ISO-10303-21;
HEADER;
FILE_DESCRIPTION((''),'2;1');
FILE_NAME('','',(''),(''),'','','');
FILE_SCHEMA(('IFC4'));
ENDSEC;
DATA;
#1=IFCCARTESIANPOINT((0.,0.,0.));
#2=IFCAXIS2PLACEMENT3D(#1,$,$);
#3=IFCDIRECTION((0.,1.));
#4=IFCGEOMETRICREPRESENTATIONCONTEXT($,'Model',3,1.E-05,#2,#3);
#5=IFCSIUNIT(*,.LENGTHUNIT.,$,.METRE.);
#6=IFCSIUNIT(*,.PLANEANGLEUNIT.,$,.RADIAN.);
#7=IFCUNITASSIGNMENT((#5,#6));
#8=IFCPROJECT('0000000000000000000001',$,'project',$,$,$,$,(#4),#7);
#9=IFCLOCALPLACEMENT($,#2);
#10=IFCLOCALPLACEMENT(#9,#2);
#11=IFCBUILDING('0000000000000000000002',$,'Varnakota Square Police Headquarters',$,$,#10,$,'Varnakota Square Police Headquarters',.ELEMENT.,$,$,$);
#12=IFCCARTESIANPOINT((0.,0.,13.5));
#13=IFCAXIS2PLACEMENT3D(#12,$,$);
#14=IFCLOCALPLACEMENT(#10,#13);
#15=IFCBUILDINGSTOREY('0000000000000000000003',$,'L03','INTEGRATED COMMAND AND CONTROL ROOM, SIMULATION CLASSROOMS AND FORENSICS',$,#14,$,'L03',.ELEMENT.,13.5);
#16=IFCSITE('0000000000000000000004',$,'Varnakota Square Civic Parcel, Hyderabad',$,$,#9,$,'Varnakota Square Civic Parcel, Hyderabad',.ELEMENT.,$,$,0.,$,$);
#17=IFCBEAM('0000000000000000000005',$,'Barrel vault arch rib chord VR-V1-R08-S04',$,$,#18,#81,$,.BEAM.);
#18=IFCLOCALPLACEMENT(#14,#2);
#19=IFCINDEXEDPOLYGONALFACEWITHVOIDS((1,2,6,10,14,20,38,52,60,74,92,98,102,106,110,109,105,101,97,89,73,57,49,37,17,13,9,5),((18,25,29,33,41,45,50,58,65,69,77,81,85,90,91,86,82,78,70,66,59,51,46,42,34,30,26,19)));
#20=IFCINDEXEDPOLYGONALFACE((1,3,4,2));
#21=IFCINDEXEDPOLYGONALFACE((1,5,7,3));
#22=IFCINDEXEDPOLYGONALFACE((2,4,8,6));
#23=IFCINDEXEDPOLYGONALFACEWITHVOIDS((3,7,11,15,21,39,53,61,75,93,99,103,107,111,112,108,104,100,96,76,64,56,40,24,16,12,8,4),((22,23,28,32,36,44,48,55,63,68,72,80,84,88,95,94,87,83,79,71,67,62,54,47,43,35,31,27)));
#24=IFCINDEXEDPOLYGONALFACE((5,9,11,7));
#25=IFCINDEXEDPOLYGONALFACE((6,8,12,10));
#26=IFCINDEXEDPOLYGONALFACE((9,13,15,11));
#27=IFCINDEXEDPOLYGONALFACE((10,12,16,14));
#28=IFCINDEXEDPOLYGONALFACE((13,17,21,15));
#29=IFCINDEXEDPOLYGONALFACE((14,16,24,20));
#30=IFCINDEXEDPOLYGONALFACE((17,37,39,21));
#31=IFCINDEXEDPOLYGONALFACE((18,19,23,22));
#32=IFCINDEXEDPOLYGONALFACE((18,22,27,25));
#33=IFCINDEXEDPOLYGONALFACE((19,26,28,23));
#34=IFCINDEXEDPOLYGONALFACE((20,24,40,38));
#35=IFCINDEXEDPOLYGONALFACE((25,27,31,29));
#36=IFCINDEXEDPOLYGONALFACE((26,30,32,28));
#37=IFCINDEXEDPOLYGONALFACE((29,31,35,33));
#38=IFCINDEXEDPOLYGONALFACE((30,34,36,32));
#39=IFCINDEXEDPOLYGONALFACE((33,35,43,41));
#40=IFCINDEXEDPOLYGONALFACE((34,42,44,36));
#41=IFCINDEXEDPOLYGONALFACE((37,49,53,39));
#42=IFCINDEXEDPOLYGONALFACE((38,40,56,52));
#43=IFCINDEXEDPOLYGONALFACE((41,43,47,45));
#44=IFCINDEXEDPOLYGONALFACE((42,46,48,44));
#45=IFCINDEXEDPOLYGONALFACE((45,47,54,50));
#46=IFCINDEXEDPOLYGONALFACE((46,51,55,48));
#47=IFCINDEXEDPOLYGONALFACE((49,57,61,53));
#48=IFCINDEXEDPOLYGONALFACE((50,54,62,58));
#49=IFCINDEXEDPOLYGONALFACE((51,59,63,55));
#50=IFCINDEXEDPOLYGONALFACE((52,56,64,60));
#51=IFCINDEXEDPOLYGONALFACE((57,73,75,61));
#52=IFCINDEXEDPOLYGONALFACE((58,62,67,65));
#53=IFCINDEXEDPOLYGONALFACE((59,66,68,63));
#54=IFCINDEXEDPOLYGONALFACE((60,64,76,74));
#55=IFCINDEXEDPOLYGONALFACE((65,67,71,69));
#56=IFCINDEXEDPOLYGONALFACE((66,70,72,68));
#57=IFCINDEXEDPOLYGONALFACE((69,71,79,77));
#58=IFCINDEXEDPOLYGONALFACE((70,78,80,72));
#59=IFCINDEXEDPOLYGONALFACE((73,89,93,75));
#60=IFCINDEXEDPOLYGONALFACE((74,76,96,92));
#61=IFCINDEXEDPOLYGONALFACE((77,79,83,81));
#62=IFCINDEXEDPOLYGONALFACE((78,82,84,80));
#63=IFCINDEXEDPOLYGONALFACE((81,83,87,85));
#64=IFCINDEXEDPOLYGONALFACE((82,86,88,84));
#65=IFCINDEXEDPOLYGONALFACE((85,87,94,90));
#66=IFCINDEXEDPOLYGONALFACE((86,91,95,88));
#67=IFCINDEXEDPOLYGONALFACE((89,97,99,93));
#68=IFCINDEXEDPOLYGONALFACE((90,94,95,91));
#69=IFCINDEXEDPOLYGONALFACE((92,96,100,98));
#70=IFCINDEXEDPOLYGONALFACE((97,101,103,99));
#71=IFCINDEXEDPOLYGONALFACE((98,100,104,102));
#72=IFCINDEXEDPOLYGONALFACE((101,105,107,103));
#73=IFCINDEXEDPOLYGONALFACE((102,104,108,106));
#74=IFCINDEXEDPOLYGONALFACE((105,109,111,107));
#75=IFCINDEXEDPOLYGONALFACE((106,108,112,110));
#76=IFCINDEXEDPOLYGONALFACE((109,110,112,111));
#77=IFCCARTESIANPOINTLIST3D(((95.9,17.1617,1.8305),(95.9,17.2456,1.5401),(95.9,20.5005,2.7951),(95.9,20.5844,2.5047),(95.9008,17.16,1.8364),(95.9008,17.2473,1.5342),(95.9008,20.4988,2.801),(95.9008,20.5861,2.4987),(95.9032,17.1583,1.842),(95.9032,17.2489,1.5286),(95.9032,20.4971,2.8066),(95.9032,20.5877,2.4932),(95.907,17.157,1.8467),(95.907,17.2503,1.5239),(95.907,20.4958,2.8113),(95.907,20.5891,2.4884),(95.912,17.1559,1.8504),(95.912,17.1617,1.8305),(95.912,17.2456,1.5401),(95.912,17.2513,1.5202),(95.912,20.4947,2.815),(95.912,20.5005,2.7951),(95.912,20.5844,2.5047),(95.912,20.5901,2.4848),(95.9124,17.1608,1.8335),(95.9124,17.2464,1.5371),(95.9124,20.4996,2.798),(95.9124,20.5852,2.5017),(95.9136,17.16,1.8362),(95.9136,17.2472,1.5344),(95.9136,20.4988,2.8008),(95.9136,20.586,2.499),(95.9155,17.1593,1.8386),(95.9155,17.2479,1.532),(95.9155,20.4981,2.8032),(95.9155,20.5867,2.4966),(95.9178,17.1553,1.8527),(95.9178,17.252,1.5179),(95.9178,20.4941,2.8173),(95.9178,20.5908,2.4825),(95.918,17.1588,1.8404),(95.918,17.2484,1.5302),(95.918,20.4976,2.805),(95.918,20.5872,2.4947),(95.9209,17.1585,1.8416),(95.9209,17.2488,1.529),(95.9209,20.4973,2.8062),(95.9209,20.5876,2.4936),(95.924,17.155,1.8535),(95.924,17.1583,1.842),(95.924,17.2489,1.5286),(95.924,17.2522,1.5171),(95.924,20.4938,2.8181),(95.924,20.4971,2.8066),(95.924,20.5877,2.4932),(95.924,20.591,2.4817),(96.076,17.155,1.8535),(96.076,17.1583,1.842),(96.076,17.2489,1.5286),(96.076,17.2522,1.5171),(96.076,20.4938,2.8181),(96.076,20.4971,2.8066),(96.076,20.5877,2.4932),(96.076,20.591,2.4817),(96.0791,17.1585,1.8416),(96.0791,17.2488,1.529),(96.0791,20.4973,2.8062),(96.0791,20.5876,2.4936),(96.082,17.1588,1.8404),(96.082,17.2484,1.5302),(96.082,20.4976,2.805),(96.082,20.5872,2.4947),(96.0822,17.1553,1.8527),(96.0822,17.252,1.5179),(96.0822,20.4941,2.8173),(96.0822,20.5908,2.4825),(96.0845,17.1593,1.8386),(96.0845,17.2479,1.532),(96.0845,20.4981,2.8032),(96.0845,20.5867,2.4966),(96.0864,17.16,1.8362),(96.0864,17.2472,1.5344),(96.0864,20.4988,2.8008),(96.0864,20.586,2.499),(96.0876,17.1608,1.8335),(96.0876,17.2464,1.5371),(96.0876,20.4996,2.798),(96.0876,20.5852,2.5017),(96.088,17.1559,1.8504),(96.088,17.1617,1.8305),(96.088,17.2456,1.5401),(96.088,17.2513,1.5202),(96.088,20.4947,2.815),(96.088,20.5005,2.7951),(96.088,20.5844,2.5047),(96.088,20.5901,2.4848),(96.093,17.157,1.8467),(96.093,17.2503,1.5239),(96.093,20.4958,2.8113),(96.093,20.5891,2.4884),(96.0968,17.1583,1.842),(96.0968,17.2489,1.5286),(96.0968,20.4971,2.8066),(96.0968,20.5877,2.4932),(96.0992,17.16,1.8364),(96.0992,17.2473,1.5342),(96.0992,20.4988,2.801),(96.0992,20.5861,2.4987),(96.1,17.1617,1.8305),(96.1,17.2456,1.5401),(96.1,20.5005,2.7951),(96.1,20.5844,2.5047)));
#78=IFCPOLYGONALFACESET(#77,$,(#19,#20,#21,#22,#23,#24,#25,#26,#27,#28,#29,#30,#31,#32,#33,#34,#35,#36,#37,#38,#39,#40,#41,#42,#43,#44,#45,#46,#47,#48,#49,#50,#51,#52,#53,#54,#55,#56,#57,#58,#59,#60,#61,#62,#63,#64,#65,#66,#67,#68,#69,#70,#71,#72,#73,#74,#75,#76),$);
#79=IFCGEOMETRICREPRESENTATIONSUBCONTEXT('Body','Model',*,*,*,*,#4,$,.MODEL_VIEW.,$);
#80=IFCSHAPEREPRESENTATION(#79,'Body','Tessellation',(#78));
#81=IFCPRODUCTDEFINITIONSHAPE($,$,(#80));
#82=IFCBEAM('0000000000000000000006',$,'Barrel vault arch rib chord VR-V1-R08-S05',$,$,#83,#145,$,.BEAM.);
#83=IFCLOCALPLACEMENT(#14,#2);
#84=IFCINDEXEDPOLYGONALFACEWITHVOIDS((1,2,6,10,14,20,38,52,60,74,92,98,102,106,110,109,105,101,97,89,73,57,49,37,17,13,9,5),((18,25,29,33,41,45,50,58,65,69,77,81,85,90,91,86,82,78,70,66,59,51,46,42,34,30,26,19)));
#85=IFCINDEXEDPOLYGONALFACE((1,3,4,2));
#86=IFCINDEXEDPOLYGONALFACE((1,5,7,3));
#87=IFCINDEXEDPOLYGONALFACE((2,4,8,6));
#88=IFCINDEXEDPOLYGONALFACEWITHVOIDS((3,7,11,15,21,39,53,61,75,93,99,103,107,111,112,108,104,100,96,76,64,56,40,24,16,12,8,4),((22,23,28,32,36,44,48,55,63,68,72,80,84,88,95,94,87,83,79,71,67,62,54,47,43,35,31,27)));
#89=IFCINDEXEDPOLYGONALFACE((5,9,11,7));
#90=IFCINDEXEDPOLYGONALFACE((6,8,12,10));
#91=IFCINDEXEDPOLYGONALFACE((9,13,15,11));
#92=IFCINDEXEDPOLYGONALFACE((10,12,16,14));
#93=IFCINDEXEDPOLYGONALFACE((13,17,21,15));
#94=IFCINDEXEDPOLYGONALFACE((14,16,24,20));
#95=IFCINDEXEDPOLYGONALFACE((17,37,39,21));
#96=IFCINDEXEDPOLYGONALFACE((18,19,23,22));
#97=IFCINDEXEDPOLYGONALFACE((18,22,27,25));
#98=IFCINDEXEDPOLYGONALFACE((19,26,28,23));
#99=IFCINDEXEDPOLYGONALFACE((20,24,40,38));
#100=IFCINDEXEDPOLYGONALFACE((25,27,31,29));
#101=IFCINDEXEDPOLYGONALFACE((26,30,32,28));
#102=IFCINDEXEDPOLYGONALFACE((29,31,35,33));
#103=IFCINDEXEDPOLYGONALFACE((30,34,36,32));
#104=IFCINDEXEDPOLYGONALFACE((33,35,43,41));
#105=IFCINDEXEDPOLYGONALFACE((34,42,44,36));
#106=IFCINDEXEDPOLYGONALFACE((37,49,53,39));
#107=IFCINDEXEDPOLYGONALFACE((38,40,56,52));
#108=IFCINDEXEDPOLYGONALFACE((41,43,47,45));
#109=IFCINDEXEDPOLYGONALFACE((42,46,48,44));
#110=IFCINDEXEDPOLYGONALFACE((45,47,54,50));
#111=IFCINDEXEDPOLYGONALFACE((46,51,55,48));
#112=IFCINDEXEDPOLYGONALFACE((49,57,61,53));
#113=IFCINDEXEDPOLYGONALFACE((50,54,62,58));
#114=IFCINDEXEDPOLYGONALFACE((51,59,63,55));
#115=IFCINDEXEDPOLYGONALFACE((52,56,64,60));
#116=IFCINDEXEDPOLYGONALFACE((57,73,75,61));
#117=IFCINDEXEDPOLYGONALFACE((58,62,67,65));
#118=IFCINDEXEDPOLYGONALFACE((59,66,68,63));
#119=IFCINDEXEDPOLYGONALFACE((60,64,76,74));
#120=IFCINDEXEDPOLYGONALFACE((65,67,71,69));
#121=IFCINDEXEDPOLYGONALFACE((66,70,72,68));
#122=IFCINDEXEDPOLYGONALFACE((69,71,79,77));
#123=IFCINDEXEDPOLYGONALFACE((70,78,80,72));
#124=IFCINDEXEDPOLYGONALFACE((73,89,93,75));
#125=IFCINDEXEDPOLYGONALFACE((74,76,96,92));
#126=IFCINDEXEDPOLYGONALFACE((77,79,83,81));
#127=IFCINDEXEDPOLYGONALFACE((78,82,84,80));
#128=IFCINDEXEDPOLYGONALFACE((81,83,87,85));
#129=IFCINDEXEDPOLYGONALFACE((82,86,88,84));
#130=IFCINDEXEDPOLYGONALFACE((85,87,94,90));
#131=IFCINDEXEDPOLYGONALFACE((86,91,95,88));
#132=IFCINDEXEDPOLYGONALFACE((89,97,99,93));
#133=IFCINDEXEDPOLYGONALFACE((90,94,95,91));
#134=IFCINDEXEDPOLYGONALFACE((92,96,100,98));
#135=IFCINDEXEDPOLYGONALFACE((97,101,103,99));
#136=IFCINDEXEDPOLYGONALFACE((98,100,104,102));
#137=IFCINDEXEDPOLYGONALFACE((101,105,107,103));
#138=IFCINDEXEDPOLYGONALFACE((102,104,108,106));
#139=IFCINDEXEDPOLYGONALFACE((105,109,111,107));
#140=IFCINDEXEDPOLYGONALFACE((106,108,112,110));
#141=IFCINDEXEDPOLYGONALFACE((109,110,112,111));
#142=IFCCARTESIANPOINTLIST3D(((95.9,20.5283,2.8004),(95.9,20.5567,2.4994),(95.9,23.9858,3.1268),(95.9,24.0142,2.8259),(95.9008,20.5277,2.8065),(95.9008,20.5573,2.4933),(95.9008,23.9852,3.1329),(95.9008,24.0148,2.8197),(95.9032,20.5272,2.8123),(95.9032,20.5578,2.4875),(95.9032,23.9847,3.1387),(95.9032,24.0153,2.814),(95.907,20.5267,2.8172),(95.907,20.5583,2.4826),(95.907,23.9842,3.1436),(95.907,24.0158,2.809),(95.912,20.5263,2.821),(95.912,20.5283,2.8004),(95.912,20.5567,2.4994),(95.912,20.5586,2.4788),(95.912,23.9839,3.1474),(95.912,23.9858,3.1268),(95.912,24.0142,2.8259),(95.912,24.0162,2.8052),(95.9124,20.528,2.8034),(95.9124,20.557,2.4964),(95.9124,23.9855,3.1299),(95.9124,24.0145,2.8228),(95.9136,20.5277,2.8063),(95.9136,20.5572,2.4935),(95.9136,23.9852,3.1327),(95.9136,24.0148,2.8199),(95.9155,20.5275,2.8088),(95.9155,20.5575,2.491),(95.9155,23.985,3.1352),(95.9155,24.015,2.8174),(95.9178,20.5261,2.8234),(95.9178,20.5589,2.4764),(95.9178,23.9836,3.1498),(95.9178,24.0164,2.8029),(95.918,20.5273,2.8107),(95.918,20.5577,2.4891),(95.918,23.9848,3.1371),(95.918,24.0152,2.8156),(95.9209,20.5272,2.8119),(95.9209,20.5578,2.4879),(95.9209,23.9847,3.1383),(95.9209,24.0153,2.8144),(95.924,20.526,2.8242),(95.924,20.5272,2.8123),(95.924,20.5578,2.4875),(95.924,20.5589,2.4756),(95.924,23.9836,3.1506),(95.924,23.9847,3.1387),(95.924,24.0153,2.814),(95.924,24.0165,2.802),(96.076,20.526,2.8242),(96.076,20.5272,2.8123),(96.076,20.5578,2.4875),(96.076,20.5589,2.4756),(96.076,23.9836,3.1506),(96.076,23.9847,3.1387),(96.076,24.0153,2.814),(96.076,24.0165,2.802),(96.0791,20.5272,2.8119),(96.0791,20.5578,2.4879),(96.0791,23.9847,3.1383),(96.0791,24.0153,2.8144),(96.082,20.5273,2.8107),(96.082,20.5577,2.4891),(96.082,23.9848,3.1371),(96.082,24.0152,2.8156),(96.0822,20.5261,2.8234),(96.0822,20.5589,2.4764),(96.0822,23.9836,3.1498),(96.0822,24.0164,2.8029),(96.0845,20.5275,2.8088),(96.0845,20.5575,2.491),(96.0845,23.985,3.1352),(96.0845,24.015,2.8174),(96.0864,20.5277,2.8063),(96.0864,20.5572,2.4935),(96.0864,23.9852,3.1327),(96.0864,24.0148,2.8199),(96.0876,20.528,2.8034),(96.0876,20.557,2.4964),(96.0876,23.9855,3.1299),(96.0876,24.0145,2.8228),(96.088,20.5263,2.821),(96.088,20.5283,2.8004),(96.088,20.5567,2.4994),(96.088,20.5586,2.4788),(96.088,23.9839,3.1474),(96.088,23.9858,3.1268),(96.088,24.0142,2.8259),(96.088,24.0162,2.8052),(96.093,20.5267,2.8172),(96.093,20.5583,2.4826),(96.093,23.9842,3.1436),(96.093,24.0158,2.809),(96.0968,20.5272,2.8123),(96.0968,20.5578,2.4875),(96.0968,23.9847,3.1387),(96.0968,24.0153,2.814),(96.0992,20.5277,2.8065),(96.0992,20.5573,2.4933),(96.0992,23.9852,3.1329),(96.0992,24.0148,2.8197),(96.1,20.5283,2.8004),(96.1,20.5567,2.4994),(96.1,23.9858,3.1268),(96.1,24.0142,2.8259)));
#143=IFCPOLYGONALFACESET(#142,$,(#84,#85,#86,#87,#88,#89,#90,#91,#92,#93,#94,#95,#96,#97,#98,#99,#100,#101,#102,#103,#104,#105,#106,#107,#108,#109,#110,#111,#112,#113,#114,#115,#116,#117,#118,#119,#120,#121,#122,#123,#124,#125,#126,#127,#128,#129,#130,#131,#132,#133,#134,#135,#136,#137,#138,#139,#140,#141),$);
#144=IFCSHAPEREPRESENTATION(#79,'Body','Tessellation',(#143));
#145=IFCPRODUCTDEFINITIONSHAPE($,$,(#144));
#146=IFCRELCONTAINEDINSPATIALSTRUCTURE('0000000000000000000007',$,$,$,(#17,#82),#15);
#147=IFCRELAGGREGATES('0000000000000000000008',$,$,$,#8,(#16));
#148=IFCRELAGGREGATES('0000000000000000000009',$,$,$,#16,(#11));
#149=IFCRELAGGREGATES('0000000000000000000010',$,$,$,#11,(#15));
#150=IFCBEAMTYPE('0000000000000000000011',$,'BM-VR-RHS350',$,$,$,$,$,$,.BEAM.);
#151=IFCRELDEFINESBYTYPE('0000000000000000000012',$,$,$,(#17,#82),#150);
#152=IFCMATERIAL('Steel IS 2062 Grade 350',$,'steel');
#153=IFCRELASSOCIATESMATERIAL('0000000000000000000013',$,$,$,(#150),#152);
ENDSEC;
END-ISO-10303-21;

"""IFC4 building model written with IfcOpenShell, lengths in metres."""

from ifc_helpers import new_model, si_unit, direction, frame, origin, origin_2d, place, context, subcontext, project, spatial, hollow_rectangle, extrude, material, material_profile, profile_set, type_object, element, save


model = new_model("IFC4")

# Units and contexts
model_context = context("Model", 3, precision=1e-05, world=origin(), true_north=direction((0.0, 1.0)))
body_context = subcontext(model_context, "Body", "Model", "MODEL_VIEW")
ifc_project = project(units=[si_unit("LENGTHUNIT", "METRE"), si_unit("PLANEANGLEUNIT", "RADIAN")], contexts=[model_context])

# Site, building, storey
site_placement = place(None, origin())
site = spatial("IfcSite", under=ifc_project, at=site_placement, Name="Varnakota Square Civic Parcel, Hyderabad", LongName="Varnakota Square Civic Parcel, Hyderabad", CompositionType="ELEMENT", RefElevation=0.0)
building_placement = place(site_placement, origin())
building = spatial("IfcBuilding", under=site, at=building_placement, Name="Varnakota Square Police Headquarters", LongName="Varnakota Square Police Headquarters", CompositionType="ELEMENT")
storey_placement = place(building_placement, frame((0.0, 0.0, 13.5)))
storey = spatial("IfcBuildingStorey", under=building, at=storey_placement, Name="L03", Description="INTEGRATED COMMAND AND CONTROL ROOM, SIMULATION CLASSROOMS AND FORENSICS", LongName="L03", CompositionType="ELEMENT", Elevation=13.5)

# Beams
ifc_material_1 = material(Name="Steel IS 2062 Grade 350", Category="steel")
ifc_material_profile_1 = material_profile(ifc_material_1, hollow_rectangle(XDim=0.2, YDim=0.3501, WallThickness=0.012, InnerFilletRadius=0.012, OuterFilletRadius=0.0239, at=origin_2d()), Name="RHS 350x200x12")
ifc_profile_set_1 = profile_set([ifc_material_profile_1], Name="Steel IS 2062 Grade 350")
beam_type = type_object("IfcBeamType", Name="BM-VR-RHS350", PredefinedType="BEAM", material=ifc_profile_set_1)
beam_1_placement = place(storey_placement, frame((96.0, 17.2036, 1.6853), z_axis=(0.0, 0.960711, 0.27755), x_axis=(-1.0, 0.0, 0.0)))
element("IfcBeam", 1, at=beam_1_placement, inside=storey, type_object=beam_type, Name="Barrel vault arch rib chord VR-V1-R08-S04", PredefinedType="BEAM", context=body_context, shape_type="SweptSolid", body=[
    extrude(hollow_rectangle(XDim=0.2, YDim=0.3501, WallThickness=0.012, InnerFilletRadius=0.012, OuterFilletRadius=0.0239, at=origin_2d()), origin(), (0.0, 0.0, 1.0), 3.4753),
])
for number, where, z_axis, x_axis, name in (
    (2, (96.0, 20.5425, 2.6499), (0.0, 0.995573, 0.09399), (-1.0, 0.0, 0.0), "Barrel vault arch rib chord VR-V1-R08-S05"),
):
    element("IfcBeam", number, at=place(storey_placement, frame(where, z_axis=z_axis, x_axis=x_axis)), inside=storey, type_object=beam_type, Name=name, PredefinedType="BEAM", context=body_context, shape_type="SweptSolid", body=[
        extrude(hollow_rectangle(XDim=0.2, YDim=0.3501, WallThickness=0.012, InnerFilletRadius=0.012, OuterFilletRadius=0.0239, at=origin_2d()), origin(), (0.0, 0.0, 1.0), 3.4729),
    ])

save(model, "model.ifc")
